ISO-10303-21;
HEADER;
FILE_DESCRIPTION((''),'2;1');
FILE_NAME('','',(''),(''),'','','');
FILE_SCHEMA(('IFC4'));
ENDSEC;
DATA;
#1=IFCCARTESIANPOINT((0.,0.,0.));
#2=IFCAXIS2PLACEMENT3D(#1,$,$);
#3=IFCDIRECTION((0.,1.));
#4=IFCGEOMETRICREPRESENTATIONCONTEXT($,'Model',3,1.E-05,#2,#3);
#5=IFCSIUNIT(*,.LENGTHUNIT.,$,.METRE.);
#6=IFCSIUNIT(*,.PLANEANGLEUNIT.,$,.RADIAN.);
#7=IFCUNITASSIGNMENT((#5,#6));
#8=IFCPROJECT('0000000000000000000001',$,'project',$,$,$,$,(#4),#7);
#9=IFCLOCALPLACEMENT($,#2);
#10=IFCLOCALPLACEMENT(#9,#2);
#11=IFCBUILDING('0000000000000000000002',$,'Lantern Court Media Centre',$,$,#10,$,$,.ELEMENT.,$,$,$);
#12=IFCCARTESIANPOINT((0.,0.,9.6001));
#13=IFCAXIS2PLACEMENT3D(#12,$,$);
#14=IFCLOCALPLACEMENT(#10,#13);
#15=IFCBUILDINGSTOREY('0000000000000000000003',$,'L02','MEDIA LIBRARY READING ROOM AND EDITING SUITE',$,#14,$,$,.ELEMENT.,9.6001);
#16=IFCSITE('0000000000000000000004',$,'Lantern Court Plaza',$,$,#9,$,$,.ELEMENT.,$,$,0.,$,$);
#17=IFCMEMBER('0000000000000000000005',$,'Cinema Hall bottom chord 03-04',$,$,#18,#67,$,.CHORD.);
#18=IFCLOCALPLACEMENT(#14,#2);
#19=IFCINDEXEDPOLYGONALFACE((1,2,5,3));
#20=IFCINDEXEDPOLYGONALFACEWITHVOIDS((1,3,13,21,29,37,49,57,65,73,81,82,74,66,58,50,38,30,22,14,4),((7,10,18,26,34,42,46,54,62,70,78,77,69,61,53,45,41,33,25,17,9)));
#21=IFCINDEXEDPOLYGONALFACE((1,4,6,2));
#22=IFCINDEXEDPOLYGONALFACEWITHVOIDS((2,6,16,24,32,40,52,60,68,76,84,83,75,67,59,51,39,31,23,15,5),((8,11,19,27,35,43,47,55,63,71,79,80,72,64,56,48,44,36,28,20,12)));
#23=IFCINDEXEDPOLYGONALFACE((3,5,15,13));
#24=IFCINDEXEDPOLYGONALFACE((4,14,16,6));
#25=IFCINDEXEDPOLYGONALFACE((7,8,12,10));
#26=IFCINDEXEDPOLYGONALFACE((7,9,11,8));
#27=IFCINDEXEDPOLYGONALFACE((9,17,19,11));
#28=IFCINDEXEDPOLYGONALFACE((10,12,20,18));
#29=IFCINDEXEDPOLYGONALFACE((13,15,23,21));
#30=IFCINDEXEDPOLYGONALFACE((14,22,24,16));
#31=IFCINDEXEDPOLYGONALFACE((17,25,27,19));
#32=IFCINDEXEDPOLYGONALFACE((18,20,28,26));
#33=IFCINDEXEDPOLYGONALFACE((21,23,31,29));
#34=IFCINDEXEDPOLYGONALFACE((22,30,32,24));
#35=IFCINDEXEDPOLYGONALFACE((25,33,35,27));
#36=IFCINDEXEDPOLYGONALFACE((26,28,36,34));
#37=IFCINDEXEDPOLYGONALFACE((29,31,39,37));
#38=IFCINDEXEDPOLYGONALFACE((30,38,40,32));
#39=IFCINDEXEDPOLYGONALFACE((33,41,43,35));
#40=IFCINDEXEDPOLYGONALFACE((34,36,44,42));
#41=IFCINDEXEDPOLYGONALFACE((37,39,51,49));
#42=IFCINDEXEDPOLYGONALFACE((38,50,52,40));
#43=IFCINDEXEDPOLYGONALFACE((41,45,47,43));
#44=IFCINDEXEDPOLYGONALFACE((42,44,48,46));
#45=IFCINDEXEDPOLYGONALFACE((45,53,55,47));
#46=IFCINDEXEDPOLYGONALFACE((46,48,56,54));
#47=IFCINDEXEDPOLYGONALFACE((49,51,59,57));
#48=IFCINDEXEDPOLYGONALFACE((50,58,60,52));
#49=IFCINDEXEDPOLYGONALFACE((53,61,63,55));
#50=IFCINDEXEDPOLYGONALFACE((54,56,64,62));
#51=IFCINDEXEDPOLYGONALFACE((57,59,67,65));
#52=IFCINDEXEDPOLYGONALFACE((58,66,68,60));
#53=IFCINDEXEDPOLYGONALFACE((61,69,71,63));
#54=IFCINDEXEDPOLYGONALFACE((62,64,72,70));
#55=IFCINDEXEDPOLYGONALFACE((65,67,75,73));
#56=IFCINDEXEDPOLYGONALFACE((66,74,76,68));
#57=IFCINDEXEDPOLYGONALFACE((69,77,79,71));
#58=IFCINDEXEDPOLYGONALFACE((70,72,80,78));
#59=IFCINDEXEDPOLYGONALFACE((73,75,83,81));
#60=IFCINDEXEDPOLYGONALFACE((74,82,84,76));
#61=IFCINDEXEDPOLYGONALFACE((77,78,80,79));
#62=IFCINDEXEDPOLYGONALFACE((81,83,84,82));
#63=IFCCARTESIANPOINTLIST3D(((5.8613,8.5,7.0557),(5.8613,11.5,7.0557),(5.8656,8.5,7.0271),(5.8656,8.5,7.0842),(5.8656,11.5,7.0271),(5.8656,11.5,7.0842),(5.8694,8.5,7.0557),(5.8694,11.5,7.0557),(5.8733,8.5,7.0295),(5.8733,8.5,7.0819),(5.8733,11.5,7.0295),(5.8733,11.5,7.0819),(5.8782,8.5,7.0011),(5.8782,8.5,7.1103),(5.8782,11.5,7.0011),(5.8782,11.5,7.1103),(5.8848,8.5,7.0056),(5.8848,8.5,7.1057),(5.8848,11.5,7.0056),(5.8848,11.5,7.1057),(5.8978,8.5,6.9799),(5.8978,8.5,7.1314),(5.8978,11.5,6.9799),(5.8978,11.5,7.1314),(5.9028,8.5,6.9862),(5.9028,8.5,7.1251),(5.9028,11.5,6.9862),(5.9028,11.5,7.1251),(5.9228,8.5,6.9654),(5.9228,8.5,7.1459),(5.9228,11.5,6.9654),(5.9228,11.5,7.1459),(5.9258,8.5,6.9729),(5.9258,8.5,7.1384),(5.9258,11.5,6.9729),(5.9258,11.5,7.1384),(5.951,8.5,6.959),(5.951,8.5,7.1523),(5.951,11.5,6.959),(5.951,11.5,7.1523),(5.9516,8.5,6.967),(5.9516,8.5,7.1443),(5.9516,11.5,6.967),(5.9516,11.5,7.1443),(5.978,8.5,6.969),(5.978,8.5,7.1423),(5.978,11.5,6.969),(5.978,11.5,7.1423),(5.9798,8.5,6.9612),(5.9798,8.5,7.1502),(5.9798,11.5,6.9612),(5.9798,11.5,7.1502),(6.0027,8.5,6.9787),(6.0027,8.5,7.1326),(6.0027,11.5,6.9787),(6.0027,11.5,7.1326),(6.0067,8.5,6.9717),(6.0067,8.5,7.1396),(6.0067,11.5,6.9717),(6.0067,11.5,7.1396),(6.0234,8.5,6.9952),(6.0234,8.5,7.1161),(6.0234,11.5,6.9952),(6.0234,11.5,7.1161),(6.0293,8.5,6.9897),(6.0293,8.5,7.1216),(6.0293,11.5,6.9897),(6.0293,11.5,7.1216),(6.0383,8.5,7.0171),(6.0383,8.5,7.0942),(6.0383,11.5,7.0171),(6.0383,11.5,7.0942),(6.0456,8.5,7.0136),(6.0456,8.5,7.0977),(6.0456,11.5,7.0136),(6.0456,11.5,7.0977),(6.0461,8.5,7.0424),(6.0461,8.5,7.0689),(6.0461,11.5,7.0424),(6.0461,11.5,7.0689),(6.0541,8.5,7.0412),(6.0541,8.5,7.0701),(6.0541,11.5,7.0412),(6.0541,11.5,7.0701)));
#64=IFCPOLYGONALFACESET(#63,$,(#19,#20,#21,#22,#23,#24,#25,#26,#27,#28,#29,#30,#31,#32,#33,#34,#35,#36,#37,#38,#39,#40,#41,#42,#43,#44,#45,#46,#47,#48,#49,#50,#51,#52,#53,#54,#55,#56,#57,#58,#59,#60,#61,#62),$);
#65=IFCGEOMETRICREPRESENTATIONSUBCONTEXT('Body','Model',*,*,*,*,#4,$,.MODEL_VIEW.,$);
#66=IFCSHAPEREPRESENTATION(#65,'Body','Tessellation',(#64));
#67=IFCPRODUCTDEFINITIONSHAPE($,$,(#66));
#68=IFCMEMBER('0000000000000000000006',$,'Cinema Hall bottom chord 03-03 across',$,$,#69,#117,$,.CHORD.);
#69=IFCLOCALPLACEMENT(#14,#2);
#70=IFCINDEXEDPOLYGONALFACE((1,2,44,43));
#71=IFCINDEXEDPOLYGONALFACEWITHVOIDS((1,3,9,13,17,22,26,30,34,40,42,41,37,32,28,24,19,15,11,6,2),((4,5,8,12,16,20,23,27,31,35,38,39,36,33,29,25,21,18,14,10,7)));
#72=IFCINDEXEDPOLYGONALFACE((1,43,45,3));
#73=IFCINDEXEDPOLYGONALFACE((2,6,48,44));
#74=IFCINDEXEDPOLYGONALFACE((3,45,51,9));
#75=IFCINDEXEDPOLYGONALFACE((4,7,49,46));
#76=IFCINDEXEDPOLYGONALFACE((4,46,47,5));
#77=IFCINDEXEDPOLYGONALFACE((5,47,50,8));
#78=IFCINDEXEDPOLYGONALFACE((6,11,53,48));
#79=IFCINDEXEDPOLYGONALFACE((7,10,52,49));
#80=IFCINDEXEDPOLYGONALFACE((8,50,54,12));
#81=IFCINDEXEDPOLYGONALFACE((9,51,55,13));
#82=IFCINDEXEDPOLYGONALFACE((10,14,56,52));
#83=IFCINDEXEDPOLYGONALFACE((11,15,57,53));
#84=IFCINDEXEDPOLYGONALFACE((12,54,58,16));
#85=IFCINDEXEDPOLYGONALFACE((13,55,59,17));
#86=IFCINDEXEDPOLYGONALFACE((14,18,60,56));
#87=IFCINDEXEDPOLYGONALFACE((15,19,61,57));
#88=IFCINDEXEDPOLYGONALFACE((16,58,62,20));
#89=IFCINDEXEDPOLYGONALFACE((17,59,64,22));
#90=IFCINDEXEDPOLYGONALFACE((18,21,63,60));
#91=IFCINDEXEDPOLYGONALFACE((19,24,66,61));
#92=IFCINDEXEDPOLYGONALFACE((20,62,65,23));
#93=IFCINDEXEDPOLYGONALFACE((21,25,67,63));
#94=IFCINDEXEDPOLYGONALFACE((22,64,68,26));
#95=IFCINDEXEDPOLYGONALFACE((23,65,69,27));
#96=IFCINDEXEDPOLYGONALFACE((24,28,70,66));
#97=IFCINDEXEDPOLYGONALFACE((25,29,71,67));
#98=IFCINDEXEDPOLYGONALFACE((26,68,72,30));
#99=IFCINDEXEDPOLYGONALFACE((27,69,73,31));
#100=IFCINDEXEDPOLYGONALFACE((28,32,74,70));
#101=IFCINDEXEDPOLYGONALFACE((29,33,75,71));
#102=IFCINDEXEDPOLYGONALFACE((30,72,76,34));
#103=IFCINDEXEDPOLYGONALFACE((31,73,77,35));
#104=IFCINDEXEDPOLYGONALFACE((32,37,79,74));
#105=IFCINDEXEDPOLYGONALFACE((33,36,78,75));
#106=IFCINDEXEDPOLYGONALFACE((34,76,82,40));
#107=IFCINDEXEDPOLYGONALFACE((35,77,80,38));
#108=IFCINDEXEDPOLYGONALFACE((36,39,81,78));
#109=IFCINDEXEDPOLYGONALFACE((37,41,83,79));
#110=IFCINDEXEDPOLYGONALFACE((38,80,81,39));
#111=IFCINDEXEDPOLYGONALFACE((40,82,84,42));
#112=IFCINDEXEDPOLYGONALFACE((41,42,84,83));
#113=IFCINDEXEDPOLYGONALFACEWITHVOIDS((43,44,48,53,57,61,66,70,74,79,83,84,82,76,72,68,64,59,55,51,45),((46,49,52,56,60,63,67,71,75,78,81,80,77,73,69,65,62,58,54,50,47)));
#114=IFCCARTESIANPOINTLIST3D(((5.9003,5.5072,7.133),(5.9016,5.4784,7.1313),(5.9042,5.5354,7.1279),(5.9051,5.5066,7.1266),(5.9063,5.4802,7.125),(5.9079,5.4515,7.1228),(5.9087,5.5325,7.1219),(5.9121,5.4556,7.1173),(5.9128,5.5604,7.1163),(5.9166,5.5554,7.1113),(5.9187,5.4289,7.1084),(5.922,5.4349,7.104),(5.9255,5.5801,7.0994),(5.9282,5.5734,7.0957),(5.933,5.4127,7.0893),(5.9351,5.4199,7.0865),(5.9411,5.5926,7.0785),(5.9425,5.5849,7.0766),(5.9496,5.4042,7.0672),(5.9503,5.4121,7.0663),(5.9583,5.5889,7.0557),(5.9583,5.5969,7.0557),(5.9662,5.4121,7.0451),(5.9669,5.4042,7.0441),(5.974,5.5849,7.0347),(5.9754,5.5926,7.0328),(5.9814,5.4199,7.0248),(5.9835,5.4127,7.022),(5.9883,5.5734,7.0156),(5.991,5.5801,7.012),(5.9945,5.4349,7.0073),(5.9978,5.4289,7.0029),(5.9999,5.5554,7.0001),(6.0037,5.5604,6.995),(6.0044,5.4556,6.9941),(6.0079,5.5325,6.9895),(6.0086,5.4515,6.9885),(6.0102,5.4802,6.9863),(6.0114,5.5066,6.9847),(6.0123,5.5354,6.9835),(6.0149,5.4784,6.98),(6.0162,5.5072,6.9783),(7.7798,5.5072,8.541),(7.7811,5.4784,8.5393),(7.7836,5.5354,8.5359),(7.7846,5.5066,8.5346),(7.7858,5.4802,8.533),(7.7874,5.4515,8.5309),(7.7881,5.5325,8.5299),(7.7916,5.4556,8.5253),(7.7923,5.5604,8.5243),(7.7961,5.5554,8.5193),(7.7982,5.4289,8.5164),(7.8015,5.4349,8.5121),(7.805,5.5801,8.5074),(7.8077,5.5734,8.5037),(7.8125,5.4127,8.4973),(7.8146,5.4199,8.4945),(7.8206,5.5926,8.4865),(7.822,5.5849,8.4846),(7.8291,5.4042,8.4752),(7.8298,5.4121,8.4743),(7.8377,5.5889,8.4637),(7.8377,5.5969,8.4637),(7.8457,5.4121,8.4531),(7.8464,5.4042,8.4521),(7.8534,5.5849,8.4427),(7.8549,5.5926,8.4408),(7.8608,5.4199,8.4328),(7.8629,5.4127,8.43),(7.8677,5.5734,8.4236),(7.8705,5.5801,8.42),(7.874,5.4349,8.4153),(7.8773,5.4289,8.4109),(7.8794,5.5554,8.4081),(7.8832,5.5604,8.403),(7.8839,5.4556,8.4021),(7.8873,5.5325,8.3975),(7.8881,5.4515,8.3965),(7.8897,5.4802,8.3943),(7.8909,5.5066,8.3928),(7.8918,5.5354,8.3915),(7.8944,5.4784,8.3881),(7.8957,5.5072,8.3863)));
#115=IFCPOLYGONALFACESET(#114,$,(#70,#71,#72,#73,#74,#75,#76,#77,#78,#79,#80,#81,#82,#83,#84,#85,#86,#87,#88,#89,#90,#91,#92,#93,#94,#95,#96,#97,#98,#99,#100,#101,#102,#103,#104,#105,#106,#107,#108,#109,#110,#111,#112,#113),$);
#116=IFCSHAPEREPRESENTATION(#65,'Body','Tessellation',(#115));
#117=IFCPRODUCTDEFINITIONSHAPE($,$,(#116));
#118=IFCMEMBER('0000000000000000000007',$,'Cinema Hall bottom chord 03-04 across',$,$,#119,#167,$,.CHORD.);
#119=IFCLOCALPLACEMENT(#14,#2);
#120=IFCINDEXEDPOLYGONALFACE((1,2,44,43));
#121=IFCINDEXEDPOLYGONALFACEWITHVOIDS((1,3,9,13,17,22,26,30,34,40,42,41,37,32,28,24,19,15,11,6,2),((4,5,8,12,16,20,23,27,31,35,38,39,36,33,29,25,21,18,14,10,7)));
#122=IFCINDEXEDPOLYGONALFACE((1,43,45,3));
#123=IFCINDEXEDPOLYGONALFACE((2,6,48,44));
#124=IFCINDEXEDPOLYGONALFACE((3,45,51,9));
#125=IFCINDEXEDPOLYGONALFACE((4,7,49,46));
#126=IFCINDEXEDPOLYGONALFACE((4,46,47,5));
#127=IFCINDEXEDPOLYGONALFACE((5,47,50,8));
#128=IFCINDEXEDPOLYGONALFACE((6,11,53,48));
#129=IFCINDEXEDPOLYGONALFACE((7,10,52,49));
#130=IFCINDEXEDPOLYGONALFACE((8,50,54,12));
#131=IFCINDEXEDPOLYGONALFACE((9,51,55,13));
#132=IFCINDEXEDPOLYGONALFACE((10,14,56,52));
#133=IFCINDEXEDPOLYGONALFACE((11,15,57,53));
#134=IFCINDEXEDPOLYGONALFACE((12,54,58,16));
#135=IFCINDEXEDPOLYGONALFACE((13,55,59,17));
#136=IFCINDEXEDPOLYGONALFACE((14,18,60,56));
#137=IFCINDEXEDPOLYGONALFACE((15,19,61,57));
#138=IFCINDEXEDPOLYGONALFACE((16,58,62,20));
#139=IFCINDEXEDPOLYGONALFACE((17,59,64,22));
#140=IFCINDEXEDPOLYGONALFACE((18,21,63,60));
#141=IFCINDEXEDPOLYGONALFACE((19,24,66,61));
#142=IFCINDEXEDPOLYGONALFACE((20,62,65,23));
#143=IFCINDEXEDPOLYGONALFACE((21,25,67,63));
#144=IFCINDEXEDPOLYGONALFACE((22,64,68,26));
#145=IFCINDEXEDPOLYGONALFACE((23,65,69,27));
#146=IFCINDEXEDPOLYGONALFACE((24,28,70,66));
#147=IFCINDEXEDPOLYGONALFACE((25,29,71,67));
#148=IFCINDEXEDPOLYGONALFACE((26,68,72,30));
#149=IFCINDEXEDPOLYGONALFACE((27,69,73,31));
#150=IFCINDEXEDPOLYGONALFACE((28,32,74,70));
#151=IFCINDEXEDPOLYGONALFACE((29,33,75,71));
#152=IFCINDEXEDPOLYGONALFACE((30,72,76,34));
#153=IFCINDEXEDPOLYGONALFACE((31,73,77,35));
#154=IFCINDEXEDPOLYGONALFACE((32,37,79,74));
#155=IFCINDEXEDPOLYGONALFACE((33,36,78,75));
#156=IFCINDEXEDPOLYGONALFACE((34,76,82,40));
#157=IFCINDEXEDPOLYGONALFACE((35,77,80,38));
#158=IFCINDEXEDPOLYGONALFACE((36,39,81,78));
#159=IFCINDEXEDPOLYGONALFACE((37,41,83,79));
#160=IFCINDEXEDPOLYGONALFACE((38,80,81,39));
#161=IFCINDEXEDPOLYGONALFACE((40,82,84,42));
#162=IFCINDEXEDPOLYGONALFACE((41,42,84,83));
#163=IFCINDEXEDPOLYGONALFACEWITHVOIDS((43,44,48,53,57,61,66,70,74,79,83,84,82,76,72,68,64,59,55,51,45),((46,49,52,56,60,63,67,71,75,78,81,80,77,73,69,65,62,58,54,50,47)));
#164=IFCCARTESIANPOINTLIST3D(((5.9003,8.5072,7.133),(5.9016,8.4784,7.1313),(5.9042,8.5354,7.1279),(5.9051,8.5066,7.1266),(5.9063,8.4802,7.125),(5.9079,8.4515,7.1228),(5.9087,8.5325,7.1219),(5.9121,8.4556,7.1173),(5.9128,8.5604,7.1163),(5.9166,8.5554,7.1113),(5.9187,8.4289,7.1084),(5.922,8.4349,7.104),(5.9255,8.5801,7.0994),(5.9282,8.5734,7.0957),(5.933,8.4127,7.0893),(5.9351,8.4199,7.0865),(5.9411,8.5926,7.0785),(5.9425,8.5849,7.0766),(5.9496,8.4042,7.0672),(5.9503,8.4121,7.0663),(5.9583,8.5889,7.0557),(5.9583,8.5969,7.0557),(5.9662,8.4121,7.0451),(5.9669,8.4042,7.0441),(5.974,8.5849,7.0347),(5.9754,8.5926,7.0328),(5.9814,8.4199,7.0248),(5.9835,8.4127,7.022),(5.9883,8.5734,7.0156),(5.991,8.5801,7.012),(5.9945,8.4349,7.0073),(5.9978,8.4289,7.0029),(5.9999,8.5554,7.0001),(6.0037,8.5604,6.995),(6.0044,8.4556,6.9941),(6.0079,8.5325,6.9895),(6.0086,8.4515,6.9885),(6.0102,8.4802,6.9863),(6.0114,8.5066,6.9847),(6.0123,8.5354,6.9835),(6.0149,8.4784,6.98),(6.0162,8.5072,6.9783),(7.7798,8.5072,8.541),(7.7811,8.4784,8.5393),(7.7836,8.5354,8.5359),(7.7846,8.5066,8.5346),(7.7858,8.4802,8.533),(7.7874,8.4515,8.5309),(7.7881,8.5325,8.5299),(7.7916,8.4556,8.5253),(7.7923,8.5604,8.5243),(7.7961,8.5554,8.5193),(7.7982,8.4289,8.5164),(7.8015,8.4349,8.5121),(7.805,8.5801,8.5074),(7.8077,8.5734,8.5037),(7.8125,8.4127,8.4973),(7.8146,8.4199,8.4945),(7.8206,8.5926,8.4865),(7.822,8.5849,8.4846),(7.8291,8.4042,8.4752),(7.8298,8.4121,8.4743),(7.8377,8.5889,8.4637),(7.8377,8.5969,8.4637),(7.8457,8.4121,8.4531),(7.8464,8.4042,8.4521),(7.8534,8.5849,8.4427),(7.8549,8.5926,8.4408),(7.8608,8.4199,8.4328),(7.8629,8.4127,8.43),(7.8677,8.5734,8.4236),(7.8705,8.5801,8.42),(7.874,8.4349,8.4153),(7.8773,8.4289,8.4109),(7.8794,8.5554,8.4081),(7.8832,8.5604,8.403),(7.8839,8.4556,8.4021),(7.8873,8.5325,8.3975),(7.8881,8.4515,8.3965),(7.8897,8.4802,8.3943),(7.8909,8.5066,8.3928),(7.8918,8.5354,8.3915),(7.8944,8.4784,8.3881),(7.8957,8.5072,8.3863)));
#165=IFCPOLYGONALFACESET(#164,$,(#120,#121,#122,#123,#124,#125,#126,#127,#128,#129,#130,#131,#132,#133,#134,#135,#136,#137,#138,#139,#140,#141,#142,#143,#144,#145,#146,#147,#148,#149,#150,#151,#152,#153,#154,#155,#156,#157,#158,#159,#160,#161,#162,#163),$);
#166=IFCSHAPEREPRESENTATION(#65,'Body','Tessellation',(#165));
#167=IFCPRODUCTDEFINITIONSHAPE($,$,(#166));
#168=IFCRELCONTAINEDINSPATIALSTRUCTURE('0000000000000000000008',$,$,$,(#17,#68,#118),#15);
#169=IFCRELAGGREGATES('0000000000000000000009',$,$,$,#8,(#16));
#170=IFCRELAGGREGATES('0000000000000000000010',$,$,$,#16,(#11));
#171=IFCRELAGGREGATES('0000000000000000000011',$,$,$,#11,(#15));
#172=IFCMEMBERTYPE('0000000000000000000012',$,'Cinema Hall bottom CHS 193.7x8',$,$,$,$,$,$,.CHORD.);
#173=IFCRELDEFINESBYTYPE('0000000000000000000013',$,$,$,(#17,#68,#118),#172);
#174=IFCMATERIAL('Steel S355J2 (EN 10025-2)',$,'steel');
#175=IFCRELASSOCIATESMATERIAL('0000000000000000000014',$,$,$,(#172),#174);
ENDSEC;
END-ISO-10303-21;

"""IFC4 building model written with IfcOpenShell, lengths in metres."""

from ifc_helpers import new_model, si_unit, direction, frame, origin, origin_2d, place, context, subcontext, project, spatial, hollow_circle, extrude, material, material_profile, profile_set, type_object, element, save


model = new_model("IFC4")

# Units and contexts
model_context = context("Model", 3, precision=1e-05, world=origin(), true_north=direction((0.0, 1.0)))
body_context = subcontext(model_context, "Body", "Model", "MODEL_VIEW")
ifc_project = project(units=[si_unit("LENGTHUNIT", "METRE"), si_unit("PLANEANGLEUNIT", "RADIAN")], contexts=[model_context])

# Site, building, storey
site_placement = place(None, origin())
site = spatial("IfcSite", under=ifc_project, at=site_placement, Name="Lantern Court Plaza", CompositionType="ELEMENT", RefElevation=0.0)
building_placement = place(site_placement, origin())
building = spatial("IfcBuilding", under=site, at=building_placement, Name="Lantern Court Media Centre", CompositionType="ELEMENT")
storey_placement = place(building_placement, frame((0.0, 0.0, 9.6001)))
storey = spatial("IfcBuildingStorey", under=building, at=storey_placement, Name="L02", Description="MEDIA LIBRARY READING ROOM AND EDITING SUITE", CompositionType="ELEMENT", Elevation=9.6001)

# Members
ifc_material = material(Name="Steel S355J2 (EN 10025-2)", Category="steel")
ifc_material_profile_1 = material_profile(ifc_material, hollow_circle(Radius=0.0969, WallThickness=0.0081, at=origin_2d()), Name="Cinema Hall bottom CHS 193.7x8")
ifc_profile_set_1 = profile_set([ifc_material_profile_1], Name="Steel S355J2 (EN 10025-2)")
member_type_1 = type_object("IfcMemberType", Name="Cinema Hall bottom CHS 193.7x8", PredefinedType="CHORD", material=ifc_profile_set_1)
for number, where, z_axis, x_axis, name in (
    (1, (5.9583, 8.5, 7.0557), (0.0, 1.0, 0.0), (-1.0, 0.0, 0.0), "Cinema Hall bottom chord 03-04"),
):
    element("IfcMember", number, at=place(storey_placement, frame(where, z_axis=z_axis, x_axis=x_axis)), inside=storey, type_object=member_type_1, Name=name, PredefinedType="CHORD", context=body_context, shape_type="SweptSolid", body=[
        extrude(hollow_circle(Radius=0.0969, WallThickness=0.0081, at=origin_2d()), origin(), (0.0, 0.0, 1.0), 3.0),
    ])
for number, where, z_axis, x_axis, name in (
    (2, (5.9583, 5.5, 7.0557), (0.800324, 0.0, 0.599567), (0.0, 1.0, 0.0), "Cinema Hall bottom chord 03-03 across"),
    (3, (5.9583, 8.5, 7.0557), (0.800324, 0.0, 0.599567), (0.0, 1.0, 0.0), "Cinema Hall bottom chord 03-04 across"),
):
    element("IfcMember", number, at=place(storey_placement, frame(where, z_axis=z_axis, x_axis=x_axis)), inside=storey, type_object=member_type_1, Name=name, PredefinedType="CHORD", context=body_context, shape_type="SweptSolid", body=[
        extrude(hollow_circle(Radius=0.0969, WallThickness=0.0081, at=origin_2d()), origin(), (0.0, 0.0, 1.0), 2.3484),
    ])

save(model, "model.ifc")
